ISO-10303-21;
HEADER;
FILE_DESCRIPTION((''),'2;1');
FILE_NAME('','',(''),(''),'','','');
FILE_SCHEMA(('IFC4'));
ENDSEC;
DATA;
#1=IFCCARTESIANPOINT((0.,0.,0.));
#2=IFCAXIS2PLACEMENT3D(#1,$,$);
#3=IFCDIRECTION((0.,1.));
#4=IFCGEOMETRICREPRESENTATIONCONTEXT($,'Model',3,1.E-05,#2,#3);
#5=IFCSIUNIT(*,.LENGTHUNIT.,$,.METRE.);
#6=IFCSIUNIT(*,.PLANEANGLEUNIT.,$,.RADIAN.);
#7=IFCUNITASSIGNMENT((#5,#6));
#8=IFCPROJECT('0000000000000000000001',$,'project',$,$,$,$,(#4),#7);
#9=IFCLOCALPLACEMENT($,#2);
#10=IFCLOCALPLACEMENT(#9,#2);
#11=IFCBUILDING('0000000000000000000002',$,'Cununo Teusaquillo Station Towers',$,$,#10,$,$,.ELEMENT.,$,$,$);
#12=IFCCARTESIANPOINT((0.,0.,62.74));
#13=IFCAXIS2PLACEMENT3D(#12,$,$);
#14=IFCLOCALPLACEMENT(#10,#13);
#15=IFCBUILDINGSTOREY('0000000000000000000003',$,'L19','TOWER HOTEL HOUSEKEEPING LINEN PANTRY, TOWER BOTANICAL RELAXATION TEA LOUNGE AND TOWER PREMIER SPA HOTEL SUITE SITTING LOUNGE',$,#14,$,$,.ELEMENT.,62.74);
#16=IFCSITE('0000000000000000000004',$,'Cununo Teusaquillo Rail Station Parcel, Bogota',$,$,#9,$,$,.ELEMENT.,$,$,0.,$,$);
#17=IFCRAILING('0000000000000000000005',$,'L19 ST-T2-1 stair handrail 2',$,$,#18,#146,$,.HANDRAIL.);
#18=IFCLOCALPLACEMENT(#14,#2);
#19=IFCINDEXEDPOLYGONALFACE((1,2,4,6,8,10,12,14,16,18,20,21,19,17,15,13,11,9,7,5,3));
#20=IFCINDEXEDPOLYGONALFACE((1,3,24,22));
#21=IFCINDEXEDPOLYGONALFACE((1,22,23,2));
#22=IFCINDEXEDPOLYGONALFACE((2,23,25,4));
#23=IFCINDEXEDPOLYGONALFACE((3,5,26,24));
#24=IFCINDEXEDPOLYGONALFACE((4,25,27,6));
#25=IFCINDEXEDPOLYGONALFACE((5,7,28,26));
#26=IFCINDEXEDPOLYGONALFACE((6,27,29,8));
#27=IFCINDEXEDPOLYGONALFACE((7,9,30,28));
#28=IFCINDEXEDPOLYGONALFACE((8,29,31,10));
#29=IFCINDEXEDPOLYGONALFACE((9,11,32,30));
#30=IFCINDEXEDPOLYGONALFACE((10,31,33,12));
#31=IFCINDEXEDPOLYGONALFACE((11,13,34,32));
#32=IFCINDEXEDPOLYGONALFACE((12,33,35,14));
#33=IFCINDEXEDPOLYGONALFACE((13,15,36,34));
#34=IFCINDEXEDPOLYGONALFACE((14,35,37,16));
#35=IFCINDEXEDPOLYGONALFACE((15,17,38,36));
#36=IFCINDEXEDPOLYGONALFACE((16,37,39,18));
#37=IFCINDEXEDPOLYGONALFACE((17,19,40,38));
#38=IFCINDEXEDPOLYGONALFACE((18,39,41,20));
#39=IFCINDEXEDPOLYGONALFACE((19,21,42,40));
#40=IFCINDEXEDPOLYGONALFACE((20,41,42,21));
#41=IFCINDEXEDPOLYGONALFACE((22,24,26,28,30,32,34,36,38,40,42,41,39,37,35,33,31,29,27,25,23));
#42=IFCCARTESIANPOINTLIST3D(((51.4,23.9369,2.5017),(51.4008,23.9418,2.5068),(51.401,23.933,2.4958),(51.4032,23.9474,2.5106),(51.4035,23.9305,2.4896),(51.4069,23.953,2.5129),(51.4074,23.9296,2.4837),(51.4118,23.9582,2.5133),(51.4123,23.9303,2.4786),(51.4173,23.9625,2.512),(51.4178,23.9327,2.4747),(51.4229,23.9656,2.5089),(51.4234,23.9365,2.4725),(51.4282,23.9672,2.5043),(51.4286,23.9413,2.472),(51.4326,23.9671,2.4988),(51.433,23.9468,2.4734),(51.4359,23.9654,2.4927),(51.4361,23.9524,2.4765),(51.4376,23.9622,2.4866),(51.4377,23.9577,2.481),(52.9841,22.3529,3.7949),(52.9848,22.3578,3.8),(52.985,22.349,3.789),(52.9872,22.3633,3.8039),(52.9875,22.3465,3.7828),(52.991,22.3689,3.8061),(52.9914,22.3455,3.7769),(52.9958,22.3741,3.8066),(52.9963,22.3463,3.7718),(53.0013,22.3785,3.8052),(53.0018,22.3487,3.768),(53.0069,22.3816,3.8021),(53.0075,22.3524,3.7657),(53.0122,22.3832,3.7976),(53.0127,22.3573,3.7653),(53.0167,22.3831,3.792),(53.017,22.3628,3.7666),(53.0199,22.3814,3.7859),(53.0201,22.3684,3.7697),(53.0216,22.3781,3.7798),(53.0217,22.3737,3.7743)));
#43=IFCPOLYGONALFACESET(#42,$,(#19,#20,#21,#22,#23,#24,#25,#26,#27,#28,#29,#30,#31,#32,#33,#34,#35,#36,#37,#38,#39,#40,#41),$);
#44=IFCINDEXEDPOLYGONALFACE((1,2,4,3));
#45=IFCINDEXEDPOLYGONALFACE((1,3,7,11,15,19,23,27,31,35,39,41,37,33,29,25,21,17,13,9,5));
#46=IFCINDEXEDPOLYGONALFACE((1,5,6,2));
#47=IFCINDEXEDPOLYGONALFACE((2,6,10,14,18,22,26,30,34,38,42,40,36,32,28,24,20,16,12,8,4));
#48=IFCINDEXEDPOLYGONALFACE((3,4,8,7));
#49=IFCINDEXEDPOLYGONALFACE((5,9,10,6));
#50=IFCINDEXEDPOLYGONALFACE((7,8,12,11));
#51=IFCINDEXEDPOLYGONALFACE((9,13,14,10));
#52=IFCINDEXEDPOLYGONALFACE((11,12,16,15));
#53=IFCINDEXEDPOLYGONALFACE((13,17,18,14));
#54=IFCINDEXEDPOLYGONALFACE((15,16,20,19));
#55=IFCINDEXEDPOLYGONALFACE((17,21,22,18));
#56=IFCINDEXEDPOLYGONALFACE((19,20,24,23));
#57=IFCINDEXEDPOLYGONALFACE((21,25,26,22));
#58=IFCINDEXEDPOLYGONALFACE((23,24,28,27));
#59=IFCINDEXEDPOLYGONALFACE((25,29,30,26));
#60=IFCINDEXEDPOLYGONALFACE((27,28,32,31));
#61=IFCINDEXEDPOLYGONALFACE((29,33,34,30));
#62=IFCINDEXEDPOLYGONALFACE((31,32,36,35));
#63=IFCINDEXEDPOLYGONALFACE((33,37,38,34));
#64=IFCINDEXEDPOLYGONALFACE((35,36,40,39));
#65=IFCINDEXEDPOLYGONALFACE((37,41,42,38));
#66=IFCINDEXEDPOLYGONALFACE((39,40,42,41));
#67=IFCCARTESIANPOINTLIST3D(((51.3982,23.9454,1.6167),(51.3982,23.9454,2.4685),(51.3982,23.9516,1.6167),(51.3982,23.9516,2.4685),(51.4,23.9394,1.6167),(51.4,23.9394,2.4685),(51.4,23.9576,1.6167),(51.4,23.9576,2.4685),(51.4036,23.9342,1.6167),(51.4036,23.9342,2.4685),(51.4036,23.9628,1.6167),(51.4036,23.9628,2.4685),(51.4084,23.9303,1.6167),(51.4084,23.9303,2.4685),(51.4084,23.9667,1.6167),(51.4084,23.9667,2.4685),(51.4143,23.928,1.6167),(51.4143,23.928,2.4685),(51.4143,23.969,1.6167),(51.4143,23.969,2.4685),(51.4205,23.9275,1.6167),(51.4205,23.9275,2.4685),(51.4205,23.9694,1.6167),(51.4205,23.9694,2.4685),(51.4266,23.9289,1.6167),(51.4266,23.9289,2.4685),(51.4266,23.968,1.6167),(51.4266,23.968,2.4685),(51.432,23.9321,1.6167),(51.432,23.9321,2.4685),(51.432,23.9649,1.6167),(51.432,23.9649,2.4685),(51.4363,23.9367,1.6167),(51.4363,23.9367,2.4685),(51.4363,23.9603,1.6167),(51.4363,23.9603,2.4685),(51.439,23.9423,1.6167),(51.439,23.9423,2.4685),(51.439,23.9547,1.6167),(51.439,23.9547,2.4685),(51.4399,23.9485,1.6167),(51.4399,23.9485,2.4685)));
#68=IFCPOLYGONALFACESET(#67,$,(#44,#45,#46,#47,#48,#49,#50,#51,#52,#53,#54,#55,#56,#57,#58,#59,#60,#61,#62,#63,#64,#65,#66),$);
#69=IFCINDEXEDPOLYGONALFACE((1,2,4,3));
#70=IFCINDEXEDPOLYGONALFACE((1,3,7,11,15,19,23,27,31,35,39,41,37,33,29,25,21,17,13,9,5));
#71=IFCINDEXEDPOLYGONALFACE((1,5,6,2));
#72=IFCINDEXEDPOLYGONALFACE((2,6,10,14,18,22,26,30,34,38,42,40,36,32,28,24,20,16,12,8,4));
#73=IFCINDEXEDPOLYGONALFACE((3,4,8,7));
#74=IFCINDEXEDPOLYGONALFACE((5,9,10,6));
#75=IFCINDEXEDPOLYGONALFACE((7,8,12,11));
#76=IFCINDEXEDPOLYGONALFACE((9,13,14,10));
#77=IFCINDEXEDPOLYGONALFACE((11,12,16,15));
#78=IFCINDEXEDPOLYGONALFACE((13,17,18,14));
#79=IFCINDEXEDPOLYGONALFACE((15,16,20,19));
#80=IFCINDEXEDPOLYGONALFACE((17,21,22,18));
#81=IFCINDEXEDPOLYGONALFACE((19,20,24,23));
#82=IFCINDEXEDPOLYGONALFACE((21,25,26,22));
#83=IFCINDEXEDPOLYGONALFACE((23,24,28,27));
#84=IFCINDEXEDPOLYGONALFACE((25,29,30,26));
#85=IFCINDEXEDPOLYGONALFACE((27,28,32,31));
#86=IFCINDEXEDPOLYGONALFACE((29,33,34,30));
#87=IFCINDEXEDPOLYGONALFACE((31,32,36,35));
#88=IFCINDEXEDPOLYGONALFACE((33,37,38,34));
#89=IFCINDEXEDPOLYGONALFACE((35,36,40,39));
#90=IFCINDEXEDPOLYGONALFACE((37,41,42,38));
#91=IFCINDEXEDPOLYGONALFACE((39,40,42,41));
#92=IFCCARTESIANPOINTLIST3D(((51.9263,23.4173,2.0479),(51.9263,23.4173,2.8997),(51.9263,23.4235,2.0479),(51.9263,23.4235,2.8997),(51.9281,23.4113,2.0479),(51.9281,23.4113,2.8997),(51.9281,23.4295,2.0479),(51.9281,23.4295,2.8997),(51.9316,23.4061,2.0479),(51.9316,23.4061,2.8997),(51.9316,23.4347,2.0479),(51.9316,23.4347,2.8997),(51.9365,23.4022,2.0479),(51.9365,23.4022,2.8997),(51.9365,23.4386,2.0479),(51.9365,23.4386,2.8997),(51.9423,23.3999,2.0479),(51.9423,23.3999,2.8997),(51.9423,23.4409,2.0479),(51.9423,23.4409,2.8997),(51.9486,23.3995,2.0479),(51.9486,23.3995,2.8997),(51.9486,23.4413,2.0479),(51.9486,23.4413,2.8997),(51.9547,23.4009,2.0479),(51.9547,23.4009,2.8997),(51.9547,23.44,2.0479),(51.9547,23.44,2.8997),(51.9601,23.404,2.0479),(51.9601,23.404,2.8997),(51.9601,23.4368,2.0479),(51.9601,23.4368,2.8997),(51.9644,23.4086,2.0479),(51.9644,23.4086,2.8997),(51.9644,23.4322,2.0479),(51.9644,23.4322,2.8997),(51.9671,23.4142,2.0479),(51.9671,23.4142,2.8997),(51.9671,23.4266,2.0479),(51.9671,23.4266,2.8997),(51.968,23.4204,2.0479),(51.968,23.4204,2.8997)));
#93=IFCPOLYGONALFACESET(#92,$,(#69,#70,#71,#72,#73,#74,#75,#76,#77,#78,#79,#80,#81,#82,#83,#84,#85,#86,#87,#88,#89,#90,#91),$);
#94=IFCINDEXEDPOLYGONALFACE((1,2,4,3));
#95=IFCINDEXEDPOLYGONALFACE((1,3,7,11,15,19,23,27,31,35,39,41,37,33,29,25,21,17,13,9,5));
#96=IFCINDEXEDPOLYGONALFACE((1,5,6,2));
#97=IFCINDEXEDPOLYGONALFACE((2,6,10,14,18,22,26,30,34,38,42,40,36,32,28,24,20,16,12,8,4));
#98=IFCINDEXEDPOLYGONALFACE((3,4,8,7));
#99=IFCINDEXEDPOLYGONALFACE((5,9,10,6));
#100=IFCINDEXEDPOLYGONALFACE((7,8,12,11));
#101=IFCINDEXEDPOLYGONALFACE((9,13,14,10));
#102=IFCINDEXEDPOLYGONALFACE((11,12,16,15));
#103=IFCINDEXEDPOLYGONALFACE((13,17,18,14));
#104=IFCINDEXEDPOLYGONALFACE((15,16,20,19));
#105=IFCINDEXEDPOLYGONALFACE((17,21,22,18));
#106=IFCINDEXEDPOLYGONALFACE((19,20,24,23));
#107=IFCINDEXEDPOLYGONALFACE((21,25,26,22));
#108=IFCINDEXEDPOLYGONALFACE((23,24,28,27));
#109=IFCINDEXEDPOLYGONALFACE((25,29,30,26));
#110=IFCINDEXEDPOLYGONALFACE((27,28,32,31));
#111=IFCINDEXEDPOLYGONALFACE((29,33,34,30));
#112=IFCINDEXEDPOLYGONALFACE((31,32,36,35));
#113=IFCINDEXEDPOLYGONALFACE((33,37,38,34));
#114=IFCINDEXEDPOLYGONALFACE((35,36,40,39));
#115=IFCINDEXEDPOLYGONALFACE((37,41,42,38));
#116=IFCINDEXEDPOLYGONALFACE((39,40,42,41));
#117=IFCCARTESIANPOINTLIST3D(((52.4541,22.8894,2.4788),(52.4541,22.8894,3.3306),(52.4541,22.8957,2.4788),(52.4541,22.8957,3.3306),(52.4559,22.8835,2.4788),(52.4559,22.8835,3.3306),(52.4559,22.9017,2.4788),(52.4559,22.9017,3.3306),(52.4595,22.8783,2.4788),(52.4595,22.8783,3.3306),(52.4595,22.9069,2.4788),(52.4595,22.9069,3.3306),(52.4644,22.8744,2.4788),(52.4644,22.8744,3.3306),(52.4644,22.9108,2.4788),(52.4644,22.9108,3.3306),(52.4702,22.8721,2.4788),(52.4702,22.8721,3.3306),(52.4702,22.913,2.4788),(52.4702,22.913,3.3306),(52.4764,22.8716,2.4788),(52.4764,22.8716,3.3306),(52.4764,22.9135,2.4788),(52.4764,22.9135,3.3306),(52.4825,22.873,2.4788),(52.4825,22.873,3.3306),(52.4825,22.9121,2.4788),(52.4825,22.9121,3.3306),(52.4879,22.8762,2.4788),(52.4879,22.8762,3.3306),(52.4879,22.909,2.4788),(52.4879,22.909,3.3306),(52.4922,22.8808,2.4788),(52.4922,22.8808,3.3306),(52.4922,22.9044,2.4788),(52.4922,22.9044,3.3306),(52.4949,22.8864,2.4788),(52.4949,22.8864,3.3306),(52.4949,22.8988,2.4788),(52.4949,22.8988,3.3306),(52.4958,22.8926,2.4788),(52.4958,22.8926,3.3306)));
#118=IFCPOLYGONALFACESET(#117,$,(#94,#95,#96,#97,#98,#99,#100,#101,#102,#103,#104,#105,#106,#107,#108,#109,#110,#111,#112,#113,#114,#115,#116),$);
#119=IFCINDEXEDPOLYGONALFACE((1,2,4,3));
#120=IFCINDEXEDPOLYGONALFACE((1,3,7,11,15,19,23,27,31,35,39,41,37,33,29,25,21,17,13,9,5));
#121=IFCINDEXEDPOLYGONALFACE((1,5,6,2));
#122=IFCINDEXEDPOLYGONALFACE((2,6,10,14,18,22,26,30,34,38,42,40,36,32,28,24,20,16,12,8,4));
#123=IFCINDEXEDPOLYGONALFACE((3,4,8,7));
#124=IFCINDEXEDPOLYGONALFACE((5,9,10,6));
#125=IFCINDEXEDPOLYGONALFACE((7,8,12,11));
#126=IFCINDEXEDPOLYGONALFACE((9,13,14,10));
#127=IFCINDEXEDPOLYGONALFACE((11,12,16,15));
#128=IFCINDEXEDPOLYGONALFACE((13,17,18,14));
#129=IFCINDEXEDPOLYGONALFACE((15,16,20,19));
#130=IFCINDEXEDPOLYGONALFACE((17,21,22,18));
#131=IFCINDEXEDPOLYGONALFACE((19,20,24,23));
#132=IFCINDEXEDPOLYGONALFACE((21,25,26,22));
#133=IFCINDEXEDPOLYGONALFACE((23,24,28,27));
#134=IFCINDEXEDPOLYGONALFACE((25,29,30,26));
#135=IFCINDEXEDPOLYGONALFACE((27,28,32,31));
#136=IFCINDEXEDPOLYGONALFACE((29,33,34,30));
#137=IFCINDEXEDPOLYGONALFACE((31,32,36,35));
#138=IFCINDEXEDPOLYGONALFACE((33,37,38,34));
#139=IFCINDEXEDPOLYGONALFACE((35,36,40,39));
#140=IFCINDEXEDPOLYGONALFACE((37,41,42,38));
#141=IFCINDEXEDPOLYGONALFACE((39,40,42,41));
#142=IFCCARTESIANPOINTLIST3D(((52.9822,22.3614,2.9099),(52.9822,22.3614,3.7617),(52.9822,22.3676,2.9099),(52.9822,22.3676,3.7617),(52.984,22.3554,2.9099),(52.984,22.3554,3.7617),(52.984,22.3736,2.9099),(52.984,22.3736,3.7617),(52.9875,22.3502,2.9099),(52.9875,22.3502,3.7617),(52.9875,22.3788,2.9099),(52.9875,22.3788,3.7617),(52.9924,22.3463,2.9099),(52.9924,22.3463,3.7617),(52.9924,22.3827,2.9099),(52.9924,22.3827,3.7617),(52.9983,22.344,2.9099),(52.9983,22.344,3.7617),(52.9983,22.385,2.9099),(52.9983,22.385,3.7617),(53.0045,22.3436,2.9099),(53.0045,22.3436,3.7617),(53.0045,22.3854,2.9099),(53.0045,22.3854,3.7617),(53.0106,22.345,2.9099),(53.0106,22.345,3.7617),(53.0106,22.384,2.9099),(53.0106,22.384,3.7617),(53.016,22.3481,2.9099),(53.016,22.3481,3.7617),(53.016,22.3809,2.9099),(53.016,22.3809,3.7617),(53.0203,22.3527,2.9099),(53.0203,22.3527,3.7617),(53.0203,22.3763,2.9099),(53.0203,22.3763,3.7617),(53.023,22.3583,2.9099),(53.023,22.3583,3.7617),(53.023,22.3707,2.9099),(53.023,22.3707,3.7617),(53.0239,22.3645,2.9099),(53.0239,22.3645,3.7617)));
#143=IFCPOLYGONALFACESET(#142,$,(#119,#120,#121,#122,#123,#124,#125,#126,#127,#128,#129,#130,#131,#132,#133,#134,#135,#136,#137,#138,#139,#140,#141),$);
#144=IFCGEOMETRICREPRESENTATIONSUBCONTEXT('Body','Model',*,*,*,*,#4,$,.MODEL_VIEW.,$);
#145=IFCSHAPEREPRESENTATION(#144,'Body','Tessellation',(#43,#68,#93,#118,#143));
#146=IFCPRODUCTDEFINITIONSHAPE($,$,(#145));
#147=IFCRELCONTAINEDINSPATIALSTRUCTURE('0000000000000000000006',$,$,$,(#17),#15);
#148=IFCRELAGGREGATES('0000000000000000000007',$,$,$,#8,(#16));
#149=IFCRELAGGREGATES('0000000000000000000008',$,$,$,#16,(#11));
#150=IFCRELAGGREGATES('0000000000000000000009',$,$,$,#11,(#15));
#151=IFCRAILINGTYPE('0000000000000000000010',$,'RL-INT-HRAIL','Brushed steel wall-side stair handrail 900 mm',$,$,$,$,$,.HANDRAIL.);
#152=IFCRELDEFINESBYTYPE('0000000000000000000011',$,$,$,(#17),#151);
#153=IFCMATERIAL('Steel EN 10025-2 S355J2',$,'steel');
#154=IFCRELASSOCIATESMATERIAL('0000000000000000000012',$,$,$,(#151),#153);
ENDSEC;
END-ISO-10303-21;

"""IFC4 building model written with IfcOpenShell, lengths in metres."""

from ifc_helpers import new_model, si_unit, direction, frame, origin, origin_2d, place, context, subcontext, project, spatial, circle, extrude, material, type_object, element, save


model = new_model("IFC4")

# Units and contexts
model_context = context("Model", 3, precision=1e-05, world=origin(), true_north=direction((0.0, 1.0)))
body_context = subcontext(model_context, "Body", "Model", "MODEL_VIEW")
ifc_project = project(units=[si_unit("LENGTHUNIT", "METRE"), si_unit("PLANEANGLEUNIT", "RADIAN")], contexts=[model_context])

# Site, building, storey
site_placement = place(None, origin())
site = spatial("IfcSite", under=ifc_project, at=site_placement, Name="Cununo Teusaquillo Rail Station Parcel, Bogota", CompositionType="ELEMENT", RefElevation=0.0)
building_placement = place(site_placement, origin())
building = spatial("IfcBuilding", under=site, at=building_placement, Name="Cununo Teusaquillo Station Towers", CompositionType="ELEMENT")
storey_placement = place(building_placement, frame((0.0, 0.0, 62.74)))
storey = spatial("IfcBuildingStorey", under=building, at=storey_placement, Name="L19", Description="TOWER HOTEL HOUSEKEEPING LINEN PANTRY, TOWER BOTANICAL RELAXATION TEA LOUNGE AND TOWER PREMIER SPA HOTEL SUITE SITTING LOUNGE", CompositionType="ELEMENT", Elevation=62.74)

# Railing
ifc_material_1 = material(Name="Steel EN 10025-2 S355J2", Category="steel")
railing_type = type_object("IfcRailingType", Name="RL-INT-HRAIL", Description="Brushed steel wall-side stair handrail 900 mm", PredefinedType="HANDRAIL", material=ifc_material_1)
railing_placement = place(storey_placement, frame((51.4189, 23.9485, 1.6167)))
element("IfcRailing", 1, at=railing_placement, inside=storey, type_object=railing_type, Name="L19 ST-T2-1 stair handrail 2", PredefinedType="HANDRAIL", context=body_context, shape_type="SweptSolid", body=[
    extrude(circle(Radius=0.0239, at=origin_2d()), frame((0.0, 0.0, 0.876), z_axis=(0.612385, -0.612385, 0.49997), x_axis=(0.707107, 0.707107, 0.0)), (0.0, 0.0, 1.0), 2.5867),
    extrude(circle(Radius=0.021, at=origin_2d()), origin(), (0.0, 0.0, 1.0), 0.8518),
    extrude(circle(Radius=0.021, at=origin_2d()), frame((0.5281, -0.5281, 0.4312)), (0.0, 0.0, 1.0), 0.8518),
    extrude(circle(Radius=0.021, at=origin_2d()), frame((1.0559, -1.0559, 0.8621)), (0.0, 0.0, 1.0), 0.8518),
    extrude(circle(Radius=0.021, at=origin_2d()), frame((1.584, -1.584, 1.2932)), (0.0, 0.0, 1.0), 0.8518),
])

save(model, "model.ifc")
